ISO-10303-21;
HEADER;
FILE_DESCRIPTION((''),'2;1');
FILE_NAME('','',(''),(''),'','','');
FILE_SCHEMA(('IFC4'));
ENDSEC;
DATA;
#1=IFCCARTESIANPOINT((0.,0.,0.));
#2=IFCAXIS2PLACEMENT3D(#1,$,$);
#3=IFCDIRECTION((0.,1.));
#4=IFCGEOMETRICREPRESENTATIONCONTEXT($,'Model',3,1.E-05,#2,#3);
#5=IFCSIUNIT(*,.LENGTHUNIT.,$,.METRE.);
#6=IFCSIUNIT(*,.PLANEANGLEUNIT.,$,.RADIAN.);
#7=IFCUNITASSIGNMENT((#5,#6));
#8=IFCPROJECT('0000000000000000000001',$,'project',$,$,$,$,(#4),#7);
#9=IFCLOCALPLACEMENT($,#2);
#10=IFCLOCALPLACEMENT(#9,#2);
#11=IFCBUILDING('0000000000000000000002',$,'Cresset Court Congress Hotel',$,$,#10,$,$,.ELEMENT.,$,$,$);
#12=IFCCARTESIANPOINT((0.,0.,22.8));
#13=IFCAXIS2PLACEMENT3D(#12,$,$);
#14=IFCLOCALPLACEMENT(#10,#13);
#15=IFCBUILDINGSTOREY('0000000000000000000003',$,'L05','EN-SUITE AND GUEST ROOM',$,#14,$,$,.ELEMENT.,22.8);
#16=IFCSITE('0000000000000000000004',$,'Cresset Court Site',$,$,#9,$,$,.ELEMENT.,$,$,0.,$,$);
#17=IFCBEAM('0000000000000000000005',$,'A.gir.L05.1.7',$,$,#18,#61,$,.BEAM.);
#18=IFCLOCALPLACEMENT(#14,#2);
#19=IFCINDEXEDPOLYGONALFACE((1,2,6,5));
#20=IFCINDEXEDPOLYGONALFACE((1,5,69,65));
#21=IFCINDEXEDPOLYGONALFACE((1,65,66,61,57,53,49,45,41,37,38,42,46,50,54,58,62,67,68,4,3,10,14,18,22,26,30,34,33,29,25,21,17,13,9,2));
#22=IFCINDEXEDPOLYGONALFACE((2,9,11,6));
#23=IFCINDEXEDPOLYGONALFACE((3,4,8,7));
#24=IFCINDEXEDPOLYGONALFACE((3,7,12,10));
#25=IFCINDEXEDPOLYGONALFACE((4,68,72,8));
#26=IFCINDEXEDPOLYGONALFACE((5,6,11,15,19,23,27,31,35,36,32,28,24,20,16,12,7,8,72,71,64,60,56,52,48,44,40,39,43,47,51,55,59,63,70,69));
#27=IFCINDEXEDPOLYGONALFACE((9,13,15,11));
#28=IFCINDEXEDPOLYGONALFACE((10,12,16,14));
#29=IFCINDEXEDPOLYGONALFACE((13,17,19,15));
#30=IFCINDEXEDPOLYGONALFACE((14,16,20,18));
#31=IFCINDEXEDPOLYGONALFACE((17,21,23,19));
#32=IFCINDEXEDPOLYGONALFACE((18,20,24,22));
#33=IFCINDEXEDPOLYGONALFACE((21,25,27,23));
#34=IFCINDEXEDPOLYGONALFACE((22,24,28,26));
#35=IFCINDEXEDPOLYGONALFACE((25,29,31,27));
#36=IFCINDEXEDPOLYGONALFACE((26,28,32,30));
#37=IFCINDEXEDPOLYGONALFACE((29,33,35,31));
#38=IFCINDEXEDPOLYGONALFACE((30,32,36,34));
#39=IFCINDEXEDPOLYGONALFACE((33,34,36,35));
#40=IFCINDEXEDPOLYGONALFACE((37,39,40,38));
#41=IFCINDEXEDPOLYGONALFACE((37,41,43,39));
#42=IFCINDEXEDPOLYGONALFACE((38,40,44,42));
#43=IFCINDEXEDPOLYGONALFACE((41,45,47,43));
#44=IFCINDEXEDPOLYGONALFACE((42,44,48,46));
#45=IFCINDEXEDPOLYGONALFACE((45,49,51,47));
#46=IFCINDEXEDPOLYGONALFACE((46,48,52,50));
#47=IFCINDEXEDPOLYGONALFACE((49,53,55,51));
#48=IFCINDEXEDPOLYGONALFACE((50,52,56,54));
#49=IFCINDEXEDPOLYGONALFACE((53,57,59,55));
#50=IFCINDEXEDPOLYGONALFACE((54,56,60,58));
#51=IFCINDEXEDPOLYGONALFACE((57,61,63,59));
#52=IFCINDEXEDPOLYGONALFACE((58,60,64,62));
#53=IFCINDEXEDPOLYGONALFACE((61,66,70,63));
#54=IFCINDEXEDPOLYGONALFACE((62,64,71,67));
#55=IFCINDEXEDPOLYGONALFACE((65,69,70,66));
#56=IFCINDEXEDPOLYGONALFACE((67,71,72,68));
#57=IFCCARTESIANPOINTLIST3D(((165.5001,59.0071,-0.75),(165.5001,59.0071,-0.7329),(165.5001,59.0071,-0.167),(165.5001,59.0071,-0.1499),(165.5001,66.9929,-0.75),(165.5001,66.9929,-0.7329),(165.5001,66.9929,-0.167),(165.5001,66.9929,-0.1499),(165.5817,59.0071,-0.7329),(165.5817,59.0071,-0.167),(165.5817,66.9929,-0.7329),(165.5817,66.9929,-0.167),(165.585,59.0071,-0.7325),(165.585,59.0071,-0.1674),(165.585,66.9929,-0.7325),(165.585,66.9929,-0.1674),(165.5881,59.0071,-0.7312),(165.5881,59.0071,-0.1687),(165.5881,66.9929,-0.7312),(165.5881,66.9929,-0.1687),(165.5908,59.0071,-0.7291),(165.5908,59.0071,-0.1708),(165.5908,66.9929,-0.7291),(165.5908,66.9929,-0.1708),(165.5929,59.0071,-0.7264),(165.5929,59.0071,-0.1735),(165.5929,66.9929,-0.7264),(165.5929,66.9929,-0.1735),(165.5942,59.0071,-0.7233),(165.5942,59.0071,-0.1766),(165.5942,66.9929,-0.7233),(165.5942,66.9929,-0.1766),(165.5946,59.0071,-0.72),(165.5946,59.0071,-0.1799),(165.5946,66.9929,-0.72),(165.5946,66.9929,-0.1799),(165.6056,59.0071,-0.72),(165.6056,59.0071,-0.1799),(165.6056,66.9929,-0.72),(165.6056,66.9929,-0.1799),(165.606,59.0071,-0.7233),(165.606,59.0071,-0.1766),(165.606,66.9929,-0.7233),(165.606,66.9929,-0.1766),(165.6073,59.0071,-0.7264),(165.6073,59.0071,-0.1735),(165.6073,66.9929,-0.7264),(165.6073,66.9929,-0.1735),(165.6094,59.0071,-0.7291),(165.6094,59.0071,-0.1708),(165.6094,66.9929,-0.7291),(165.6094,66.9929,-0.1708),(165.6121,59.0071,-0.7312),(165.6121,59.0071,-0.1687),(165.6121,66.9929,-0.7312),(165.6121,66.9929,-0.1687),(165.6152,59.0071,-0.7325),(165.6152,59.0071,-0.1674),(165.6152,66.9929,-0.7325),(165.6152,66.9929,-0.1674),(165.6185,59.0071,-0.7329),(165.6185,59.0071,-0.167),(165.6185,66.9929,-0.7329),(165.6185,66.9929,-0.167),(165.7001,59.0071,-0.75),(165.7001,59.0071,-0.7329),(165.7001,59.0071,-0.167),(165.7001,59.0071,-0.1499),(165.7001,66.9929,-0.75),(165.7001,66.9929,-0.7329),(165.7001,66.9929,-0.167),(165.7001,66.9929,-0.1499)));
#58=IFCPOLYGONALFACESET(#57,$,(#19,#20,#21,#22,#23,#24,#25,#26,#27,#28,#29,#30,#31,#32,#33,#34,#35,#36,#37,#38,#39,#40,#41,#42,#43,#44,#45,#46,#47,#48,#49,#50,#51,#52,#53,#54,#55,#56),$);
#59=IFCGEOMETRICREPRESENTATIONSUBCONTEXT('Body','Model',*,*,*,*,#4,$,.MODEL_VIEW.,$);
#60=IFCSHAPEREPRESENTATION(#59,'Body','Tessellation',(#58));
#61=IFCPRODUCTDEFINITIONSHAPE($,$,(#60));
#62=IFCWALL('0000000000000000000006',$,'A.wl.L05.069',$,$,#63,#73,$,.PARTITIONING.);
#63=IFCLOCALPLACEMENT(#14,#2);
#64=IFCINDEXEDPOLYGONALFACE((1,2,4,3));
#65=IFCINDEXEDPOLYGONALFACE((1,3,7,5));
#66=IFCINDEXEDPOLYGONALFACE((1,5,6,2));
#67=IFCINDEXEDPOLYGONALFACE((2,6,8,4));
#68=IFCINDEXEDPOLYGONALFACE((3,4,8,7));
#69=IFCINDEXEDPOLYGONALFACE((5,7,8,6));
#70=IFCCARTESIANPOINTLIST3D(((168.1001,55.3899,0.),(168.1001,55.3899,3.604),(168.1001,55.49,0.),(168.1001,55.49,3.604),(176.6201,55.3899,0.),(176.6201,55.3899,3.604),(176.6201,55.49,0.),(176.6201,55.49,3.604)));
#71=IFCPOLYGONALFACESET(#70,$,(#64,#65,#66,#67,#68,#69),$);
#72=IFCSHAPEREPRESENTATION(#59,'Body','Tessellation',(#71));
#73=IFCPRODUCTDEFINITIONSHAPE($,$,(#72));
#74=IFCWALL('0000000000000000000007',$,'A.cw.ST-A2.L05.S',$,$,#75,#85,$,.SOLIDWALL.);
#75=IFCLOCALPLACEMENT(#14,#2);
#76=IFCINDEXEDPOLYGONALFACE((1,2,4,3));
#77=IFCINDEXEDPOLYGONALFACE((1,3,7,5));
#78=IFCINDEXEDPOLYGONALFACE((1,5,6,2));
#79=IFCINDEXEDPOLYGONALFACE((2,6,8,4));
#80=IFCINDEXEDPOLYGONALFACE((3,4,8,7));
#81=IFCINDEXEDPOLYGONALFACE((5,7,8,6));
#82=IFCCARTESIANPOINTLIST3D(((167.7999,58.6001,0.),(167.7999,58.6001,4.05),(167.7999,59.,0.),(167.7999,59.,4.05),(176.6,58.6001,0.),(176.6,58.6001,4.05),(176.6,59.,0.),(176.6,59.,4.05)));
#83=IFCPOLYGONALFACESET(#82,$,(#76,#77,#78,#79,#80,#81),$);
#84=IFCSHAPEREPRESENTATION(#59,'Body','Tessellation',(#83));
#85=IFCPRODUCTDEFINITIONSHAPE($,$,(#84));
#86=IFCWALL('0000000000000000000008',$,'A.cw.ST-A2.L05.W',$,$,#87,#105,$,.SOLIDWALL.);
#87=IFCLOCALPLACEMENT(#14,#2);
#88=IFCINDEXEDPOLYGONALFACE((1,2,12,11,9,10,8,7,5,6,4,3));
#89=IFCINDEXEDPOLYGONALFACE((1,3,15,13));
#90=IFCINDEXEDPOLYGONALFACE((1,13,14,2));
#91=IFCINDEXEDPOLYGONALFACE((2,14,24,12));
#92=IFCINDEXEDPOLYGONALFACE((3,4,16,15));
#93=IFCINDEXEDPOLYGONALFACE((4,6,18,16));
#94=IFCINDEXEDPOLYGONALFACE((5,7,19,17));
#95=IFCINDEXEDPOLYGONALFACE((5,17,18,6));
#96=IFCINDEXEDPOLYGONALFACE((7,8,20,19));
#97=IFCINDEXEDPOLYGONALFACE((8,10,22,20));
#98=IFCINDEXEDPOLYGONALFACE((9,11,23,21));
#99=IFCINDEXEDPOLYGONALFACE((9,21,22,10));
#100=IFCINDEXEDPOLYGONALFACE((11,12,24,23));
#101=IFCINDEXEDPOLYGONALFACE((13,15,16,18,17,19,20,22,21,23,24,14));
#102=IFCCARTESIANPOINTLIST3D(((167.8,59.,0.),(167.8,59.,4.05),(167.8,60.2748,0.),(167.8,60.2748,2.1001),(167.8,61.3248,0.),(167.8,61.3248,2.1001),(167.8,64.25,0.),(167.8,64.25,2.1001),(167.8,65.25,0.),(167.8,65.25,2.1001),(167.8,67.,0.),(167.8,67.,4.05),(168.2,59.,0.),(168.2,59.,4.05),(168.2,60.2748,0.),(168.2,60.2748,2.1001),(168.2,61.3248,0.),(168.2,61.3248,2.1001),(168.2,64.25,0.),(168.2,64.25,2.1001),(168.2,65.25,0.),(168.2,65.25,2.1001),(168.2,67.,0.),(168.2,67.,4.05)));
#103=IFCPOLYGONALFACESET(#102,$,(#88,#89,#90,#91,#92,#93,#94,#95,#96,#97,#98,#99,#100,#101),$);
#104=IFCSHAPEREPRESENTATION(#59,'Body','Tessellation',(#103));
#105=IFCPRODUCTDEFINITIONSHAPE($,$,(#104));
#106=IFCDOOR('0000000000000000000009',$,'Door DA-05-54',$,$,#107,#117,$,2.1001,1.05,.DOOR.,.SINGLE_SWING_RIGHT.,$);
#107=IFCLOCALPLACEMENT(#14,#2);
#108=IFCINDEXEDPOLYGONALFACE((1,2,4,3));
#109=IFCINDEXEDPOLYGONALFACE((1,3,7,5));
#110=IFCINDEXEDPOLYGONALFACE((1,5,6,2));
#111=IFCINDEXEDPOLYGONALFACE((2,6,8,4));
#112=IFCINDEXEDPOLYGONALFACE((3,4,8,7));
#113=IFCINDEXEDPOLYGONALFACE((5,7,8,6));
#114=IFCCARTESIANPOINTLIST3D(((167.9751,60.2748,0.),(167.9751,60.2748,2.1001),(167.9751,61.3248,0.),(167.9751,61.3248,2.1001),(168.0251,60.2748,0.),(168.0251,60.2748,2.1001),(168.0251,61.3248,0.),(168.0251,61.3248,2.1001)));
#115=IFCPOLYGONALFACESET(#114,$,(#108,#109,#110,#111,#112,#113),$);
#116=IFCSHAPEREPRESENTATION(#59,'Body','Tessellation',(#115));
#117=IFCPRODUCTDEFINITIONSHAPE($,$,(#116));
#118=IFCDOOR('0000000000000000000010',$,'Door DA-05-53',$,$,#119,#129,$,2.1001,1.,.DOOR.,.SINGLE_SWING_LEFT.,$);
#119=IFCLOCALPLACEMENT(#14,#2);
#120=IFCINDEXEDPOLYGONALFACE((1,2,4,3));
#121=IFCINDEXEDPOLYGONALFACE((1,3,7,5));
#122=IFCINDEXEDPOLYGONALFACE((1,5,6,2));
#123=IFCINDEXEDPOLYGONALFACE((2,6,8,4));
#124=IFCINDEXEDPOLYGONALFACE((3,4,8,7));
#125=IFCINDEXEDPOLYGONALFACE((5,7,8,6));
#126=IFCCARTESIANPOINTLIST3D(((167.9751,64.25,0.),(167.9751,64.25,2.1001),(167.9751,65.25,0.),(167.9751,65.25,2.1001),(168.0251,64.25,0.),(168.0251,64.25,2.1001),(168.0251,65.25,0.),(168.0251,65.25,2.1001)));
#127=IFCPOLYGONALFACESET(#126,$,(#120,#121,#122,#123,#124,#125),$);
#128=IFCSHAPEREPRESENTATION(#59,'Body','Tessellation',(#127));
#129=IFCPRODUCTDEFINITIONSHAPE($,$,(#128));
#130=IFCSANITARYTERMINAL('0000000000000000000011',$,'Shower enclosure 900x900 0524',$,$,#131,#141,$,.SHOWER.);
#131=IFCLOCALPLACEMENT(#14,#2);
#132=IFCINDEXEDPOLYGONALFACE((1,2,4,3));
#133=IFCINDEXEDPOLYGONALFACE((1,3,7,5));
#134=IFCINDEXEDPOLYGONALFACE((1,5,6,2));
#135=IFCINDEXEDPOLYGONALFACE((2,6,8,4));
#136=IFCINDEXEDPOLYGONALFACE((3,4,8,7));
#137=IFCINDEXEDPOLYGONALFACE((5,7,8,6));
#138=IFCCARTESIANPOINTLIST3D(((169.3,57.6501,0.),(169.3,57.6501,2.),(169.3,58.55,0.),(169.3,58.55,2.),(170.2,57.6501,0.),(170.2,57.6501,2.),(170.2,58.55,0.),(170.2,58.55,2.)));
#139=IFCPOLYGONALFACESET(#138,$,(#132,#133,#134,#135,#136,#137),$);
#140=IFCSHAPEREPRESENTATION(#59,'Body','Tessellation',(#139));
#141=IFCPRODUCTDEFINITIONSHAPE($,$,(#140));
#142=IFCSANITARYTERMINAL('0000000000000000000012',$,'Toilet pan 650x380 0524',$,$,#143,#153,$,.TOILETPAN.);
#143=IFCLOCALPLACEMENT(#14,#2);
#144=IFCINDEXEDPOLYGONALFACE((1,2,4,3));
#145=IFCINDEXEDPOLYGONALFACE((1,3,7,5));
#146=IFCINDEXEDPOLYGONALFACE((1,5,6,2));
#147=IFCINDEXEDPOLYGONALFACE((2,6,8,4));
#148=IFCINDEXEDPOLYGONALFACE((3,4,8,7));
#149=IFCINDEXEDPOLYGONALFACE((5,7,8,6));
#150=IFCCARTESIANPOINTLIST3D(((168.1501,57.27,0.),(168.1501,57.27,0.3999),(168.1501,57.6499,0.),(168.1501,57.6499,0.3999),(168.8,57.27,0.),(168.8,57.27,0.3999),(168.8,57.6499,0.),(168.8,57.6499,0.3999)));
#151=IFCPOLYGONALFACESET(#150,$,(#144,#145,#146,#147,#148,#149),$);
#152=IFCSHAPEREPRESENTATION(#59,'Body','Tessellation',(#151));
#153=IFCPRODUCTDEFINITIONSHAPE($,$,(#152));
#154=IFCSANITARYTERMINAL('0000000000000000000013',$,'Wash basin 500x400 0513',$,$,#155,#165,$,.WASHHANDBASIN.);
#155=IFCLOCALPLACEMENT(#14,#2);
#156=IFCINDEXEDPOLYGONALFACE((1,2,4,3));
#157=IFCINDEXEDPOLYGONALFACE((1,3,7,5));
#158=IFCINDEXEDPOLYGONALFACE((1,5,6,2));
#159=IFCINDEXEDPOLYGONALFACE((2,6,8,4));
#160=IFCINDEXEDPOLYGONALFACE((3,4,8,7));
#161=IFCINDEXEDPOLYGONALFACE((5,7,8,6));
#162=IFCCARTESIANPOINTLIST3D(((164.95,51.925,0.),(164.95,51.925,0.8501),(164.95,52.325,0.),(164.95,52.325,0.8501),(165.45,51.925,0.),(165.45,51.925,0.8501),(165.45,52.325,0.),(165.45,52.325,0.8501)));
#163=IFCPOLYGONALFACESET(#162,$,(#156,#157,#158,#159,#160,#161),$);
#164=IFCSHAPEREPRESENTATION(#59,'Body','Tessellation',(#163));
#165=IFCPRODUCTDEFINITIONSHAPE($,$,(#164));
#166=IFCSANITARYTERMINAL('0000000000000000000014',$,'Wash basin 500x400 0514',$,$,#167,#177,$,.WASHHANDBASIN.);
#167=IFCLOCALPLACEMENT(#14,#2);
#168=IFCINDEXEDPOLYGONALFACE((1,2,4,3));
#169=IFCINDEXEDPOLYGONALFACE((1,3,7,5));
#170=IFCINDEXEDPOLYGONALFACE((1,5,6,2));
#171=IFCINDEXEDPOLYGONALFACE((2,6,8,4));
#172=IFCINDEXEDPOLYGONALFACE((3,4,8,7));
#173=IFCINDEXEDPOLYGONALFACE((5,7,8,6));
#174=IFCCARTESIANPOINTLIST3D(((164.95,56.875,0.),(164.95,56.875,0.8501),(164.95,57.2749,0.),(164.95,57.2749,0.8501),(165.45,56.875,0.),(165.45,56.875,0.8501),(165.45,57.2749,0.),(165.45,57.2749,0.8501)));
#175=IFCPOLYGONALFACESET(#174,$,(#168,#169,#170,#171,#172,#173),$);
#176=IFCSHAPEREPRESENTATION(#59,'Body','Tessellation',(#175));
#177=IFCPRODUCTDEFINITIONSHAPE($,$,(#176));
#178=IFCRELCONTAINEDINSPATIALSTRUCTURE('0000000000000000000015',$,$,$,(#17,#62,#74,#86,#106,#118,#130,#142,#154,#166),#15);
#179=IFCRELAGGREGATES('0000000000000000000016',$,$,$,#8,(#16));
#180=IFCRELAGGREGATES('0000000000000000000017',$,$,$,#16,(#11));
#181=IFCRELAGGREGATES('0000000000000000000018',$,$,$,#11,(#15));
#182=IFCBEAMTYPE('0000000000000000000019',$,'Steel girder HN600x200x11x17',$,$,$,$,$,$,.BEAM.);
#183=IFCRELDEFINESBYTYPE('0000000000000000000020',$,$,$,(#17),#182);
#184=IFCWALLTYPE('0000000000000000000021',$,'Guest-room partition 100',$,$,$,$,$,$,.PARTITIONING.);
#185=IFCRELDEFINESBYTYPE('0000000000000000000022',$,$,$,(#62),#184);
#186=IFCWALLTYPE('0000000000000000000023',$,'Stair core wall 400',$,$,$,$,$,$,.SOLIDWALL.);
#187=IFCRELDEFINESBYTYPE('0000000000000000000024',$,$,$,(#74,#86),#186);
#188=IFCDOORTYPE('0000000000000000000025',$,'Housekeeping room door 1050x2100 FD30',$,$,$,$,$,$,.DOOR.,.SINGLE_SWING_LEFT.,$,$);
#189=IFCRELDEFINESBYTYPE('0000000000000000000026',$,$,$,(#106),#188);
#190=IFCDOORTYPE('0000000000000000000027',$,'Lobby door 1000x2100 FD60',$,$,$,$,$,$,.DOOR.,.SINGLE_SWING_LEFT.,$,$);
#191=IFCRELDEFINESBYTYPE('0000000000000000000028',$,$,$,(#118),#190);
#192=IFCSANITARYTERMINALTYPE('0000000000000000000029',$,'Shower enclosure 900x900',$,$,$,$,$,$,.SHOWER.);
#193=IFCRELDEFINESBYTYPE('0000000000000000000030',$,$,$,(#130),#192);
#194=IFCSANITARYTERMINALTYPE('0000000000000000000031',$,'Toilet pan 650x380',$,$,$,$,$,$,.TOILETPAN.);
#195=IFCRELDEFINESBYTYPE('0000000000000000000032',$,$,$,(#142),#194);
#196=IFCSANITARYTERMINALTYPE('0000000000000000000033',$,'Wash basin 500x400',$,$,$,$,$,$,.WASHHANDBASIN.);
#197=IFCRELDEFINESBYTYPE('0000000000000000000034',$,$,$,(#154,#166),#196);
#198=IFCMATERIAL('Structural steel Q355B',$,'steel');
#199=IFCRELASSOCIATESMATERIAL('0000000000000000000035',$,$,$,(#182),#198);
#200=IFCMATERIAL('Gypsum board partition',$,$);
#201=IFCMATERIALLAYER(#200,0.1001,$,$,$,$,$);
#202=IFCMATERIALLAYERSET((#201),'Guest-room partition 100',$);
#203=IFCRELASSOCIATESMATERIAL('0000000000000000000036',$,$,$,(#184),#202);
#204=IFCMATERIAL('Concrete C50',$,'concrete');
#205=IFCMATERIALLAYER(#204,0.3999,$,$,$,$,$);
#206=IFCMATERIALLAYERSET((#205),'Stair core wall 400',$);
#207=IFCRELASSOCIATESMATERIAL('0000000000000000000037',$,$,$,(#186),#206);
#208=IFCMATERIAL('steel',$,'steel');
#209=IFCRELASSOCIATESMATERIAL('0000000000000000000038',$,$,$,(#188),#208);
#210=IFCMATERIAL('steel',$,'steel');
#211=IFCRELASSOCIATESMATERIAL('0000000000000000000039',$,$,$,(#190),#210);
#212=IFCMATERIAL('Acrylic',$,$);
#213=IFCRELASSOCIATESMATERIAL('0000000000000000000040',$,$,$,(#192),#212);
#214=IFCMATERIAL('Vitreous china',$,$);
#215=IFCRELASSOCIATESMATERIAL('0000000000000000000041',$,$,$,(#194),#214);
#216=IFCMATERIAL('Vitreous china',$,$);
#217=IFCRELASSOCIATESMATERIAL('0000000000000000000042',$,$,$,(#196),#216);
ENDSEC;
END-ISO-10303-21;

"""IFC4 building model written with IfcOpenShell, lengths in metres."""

from ifc_helpers import new_model, si_unit, direction, frame, frame_2d, origin, origin_2d, place, context, subcontext, project, spatial, rectangle, i_section, extrude, material, layer, layer_set, material_profile, profile_set, type_object, element, fill, save


model = new_model("IFC4")

# Units and contexts
model_context = context("Model", 3, precision=1e-05, world=origin(), true_north=direction((0.0, 1.0)))
body_context = subcontext(model_context, "Body", "Model", "MODEL_VIEW")
ifc_project = project(units=[si_unit("LENGTHUNIT", "METRE"), si_unit("PLANEANGLEUNIT", "RADIAN")], contexts=[model_context])

# Site, building, storey
site_placement = place(None, origin())
site = spatial("IfcSite", under=ifc_project, at=site_placement, Name="Cresset Court Site", CompositionType="ELEMENT", RefElevation=0.0)
building_placement = place(site_placement, origin())
building = spatial("IfcBuilding", under=site, at=building_placement, Name="Cresset Court Congress Hotel", CompositionType="ELEMENT")
storey_placement = place(building_placement, frame((0.0, 0.0, 22.8)))
storey = spatial("IfcBuildingStorey", under=building, at=storey_placement, Name="L05", Description="EN-SUITE AND GUEST ROOM", CompositionType="ELEMENT", Elevation=22.8)

# Beam
ifc_material_1 = material(Name="Structural steel Q355B", Category="steel")
ifc_material_profile_1 = material_profile(ifc_material_1, i_section(OverallWidth=0.2, OverallDepth=0.6001, WebThickness=0.011, FlangeThickness=0.0171, FilletRadius=0.0129, at=origin_2d()), Name="HN600x200x11x17")
ifc_profile_set_1 = profile_set([ifc_material_profile_1], Name="Structural steel Q355B")
beam_type_1 = type_object("IfcBeamType", Name="Steel girder HN600x200x11x17", PredefinedType="BEAM", material=ifc_profile_set_1)
beam_1_placement = place(storey_placement, frame((165.6001, 59.0071, -0.45), z_axis=(0.0, 1.0, 0.0), x_axis=(-1.0, 0.0, 0.0)))
element("IfcBeam", 1, at=beam_1_placement, inside=storey, type_object=beam_type_1, Name="A.gir.L05.1.7", PredefinedType="BEAM", context=body_context, shape_type="SweptSolid", body=[
    extrude(i_section(OverallWidth=0.2, OverallDepth=0.6001, WebThickness=0.011, FlangeThickness=0.0171, FilletRadius=0.0129, at=origin_2d()), origin(), (0.0, 0.0, 1.0), 7.9858),
])

# Walls
ifc_material_2 = material(Name="Gypsum board partition")
ifc_layer_1 = layer(ifc_material_2, 0.1001)
ifc_layer_set_1 = layer_set([ifc_layer_1], Name="Guest-room partition 100")
wall_type_1 = type_object("IfcWallType", Name="Guest-room partition 100", PredefinedType="PARTITIONING", material=ifc_layer_set_1)
wall_1_placement = place(storey_placement, frame((168.1001, 55.4399, 0.0), z_axis=(0.0, 0.0, 1.0), x_axis=(1.0, 0.0, 0.0)))
element("IfcWall", 2, at=wall_1_placement, inside=storey, type_object=wall_type_1, Name="A.wl.L05.069", PredefinedType="PARTITIONING", context=body_context, shape_type="SweptSolid", body=[
    extrude(rectangle(XDim=8.52, YDim=0.1001, at=frame_2d((4.26, 0.0))), origin(), (0.0, 0.0, 1.0), 3.604),
])
ifc_material_3 = material(Name="Concrete C50", Category="concrete")
ifc_layer_2 = layer(ifc_material_3, 0.3999)
ifc_layer_set_2 = layer_set([ifc_layer_2], Name="Stair core wall 400")
wall_type_2 = type_object("IfcWallType", Name="Stair core wall 400", PredefinedType="SOLIDWALL", material=ifc_layer_set_2)
wall_2_placement = place(storey_placement, frame((167.8, 58.8, 0.0), z_axis=(0.0, 0.0, 1.0), x_axis=(1.0, 0.0, 0.0)))
element("IfcWall", 3, at=wall_2_placement, inside=storey, type_object=wall_type_2, Name="A.cw.ST-A2.L05.S", PredefinedType="SOLIDWALL", context=body_context, shape_type="SweptSolid", body=[
    extrude(rectangle(XDim=8.8, YDim=0.3999, at=frame_2d((4.3999, 0.0))), origin(), (0.0, 0.0, 1.0), 4.05),
])

# Wall, openings, doors
wall_3_placement = place(storey_placement, frame((168.0, 59.0, 0.0), z_axis=(0.0, 0.0, 1.0), x_axis=(0.0, 1.0, 0.0)))
wall_3 = element("IfcWall", 4, at=wall_3_placement, inside=storey, type_object=wall_type_2, Name="A.cw.ST-A2.L05.W", PredefinedType="SOLIDWALL", context=body_context, shape_type="SweptSolid", body=[
    extrude(rectangle(XDim=8.0, YDim=0.3999, at=frame_2d((4.0, 0.0))), origin(), (0.0, 0.0, 1.0), 4.05),
])
opening_1_placement = place(wall_3_placement, frame((5.25, 0.0, 0.0)))
opening_1 = element("IfcOpeningElement", 5, at=opening_1_placement, cuts=wall_3, PredefinedType="OPENING", context=body_context, shape_type="SweptSolid", body=[
    extrude(rectangle(XDim=1.0, YDim=2.1001, at=frame_2d((0.5, 1.05))), frame((0.0, 0.21, 0.0), z_axis=(0.0, -1.0, 0.0), x_axis=(1.0, 0.0, 0.0)), (0.0, 0.0, 1.0), 0.4199),
])
opening_2_placement = place(wall_3_placement, frame((1.2749, 0.0, 0.0)))
opening_2 = element("IfcOpeningElement", 6, at=opening_2_placement, cuts=wall_3, PredefinedType="OPENING", context=body_context, shape_type="SweptSolid", body=[
    extrude(rectangle(XDim=1.05, YDim=2.1001, at=frame_2d((0.5249, 1.05))), frame((0.0, 0.21, 0.0), z_axis=(0.0, -1.0, 0.0), x_axis=(1.0, 0.0, 0.0)), (0.0, 0.0, 1.0), 0.4199),
])
ifc_material_4 = material(Name="steel", Category="steel")
door_type_1 = type_object("IfcDoorType", Name="Housekeeping room door 1050x2100 FD30", OperationType="SINGLE_SWING_LEFT", PredefinedType="DOOR", material=ifc_material_4)
door_1_placement = place(opening_2_placement, origin())
door_1 = element("IfcDoor", 7, at=door_1_placement, inside=storey, type_object=door_type_1, Name="Door DA-05-54", OperationType="SINGLE_SWING_RIGHT", OverallHeight=2.1001, OverallWidth=1.05, PredefinedType="DOOR", context=body_context, shape_type="SweptSolid", body=[
    extrude(rectangle(XDim=1.05, YDim=2.1001, at=frame_2d((0.5249, 1.05))), frame((0.0, 0.0249, 0.0), z_axis=(0.0, -1.0, 0.0), x_axis=(1.0, 0.0, 0.0)), (0.0, 0.0, 1.0), 0.05),
])
fill(opening_2, door_1)
ifc_material_5 = material(Name="steel", Category="steel")
door_type_2 = type_object("IfcDoorType", Name="Lobby door 1000x2100 FD60", OperationType="SINGLE_SWING_LEFT", PredefinedType="DOOR", material=ifc_material_5)
door_2_placement = place(opening_1_placement, origin())
door_2 = element("IfcDoor", 8, at=door_2_placement, inside=storey, type_object=door_type_2, Name="Door DA-05-53", OperationType="SINGLE_SWING_LEFT", OverallHeight=2.1001, OverallWidth=1.0, PredefinedType="DOOR", context=body_context, shape_type="SweptSolid", body=[
    extrude(rectangle(XDim=1.0, YDim=2.1001, at=frame_2d((0.5, 1.05))), frame((0.0, 0.0249, 0.0), z_axis=(0.0, -1.0, 0.0), x_axis=(1.0, 0.0, 0.0)), (0.0, 0.0, 1.0), 0.05),
])
fill(opening_1, door_2)

# Sanitary terminals
ifc_material_6 = material(Name="Acrylic")
sanitary_terminal_type_1 = type_object("IfcSanitaryTerminalType", Name="Shower enclosure 900x900", PredefinedType="SHOWER", material=ifc_material_6)
sanitary_terminal_1_placement = place(storey_placement, frame((169.75, 58.1001, 0.0), z_axis=(0.0, 0.0, 1.0), x_axis=(1.0, 0.0, 0.0)))
element("IfcSanitaryTerminal", 9, at=sanitary_terminal_1_placement, inside=storey, type_object=sanitary_terminal_type_1, Name="Shower enclosure 900x900 0524", PredefinedType="SHOWER", context=body_context, shape_type="SweptSolid", body=[
    extrude(rectangle(XDim=0.8999, YDim=0.8999, at=origin_2d()), origin(), (0.0, 0.0, 1.0), 2.0),
])
ifc_material_7 = material(Name="Vitreous china")
sanitary_terminal_type_2 = type_object("IfcSanitaryTerminalType", Name="Toilet pan 650x380", PredefinedType="TOILETPAN", material=ifc_material_7)
sanitary_terminal_2_placement = place(storey_placement, frame((168.4751, 57.46, 0.0), z_axis=(0.0, 0.0, 1.0), x_axis=(1.0, 0.0, 0.0)))
element("IfcSanitaryTerminal", 10, at=sanitary_terminal_2_placement, inside=storey, type_object=sanitary_terminal_type_2, Name="Toilet pan 650x380 0524", PredefinedType="TOILETPAN", context=body_context, shape_type="SweptSolid", body=[
    extrude(rectangle(XDim=0.6499, YDim=0.3799, at=origin_2d()), origin(), (0.0, 0.0, 1.0), 0.3999),
])
ifc_material_8 = material(Name="Vitreous china")
sanitary_terminal_type_3 = type_object("IfcSanitaryTerminalType", Name="Wash basin 500x400", PredefinedType="WASHHANDBASIN", material=ifc_material_8)
for number, where, z_axis, x_axis, name in (
    (11, (165.2, 52.125, 0.0), (0.0, 0.0, 1.0), (1.0, 0.0, 0.0), "Wash basin 500x400 0513"),
    (12, (165.2, 57.075, 0.0), (0.0, 0.0, 1.0), (1.0, 0.0, 0.0), "Wash basin 500x400 0514"),
):
    element("IfcSanitaryTerminal", number, at=place(storey_placement, frame(where, z_axis=z_axis, x_axis=x_axis)), inside=storey, type_object=sanitary_terminal_type_3, Name=name, PredefinedType="WASHHANDBASIN", context=body_context, shape_type="SweptSolid", body=[
        extrude(rectangle(XDim=0.5, YDim=0.3999, at=origin_2d()), origin(), (0.0, 0.0, 1.0), 0.8501),
    ])

save(model, "model.ifc")
